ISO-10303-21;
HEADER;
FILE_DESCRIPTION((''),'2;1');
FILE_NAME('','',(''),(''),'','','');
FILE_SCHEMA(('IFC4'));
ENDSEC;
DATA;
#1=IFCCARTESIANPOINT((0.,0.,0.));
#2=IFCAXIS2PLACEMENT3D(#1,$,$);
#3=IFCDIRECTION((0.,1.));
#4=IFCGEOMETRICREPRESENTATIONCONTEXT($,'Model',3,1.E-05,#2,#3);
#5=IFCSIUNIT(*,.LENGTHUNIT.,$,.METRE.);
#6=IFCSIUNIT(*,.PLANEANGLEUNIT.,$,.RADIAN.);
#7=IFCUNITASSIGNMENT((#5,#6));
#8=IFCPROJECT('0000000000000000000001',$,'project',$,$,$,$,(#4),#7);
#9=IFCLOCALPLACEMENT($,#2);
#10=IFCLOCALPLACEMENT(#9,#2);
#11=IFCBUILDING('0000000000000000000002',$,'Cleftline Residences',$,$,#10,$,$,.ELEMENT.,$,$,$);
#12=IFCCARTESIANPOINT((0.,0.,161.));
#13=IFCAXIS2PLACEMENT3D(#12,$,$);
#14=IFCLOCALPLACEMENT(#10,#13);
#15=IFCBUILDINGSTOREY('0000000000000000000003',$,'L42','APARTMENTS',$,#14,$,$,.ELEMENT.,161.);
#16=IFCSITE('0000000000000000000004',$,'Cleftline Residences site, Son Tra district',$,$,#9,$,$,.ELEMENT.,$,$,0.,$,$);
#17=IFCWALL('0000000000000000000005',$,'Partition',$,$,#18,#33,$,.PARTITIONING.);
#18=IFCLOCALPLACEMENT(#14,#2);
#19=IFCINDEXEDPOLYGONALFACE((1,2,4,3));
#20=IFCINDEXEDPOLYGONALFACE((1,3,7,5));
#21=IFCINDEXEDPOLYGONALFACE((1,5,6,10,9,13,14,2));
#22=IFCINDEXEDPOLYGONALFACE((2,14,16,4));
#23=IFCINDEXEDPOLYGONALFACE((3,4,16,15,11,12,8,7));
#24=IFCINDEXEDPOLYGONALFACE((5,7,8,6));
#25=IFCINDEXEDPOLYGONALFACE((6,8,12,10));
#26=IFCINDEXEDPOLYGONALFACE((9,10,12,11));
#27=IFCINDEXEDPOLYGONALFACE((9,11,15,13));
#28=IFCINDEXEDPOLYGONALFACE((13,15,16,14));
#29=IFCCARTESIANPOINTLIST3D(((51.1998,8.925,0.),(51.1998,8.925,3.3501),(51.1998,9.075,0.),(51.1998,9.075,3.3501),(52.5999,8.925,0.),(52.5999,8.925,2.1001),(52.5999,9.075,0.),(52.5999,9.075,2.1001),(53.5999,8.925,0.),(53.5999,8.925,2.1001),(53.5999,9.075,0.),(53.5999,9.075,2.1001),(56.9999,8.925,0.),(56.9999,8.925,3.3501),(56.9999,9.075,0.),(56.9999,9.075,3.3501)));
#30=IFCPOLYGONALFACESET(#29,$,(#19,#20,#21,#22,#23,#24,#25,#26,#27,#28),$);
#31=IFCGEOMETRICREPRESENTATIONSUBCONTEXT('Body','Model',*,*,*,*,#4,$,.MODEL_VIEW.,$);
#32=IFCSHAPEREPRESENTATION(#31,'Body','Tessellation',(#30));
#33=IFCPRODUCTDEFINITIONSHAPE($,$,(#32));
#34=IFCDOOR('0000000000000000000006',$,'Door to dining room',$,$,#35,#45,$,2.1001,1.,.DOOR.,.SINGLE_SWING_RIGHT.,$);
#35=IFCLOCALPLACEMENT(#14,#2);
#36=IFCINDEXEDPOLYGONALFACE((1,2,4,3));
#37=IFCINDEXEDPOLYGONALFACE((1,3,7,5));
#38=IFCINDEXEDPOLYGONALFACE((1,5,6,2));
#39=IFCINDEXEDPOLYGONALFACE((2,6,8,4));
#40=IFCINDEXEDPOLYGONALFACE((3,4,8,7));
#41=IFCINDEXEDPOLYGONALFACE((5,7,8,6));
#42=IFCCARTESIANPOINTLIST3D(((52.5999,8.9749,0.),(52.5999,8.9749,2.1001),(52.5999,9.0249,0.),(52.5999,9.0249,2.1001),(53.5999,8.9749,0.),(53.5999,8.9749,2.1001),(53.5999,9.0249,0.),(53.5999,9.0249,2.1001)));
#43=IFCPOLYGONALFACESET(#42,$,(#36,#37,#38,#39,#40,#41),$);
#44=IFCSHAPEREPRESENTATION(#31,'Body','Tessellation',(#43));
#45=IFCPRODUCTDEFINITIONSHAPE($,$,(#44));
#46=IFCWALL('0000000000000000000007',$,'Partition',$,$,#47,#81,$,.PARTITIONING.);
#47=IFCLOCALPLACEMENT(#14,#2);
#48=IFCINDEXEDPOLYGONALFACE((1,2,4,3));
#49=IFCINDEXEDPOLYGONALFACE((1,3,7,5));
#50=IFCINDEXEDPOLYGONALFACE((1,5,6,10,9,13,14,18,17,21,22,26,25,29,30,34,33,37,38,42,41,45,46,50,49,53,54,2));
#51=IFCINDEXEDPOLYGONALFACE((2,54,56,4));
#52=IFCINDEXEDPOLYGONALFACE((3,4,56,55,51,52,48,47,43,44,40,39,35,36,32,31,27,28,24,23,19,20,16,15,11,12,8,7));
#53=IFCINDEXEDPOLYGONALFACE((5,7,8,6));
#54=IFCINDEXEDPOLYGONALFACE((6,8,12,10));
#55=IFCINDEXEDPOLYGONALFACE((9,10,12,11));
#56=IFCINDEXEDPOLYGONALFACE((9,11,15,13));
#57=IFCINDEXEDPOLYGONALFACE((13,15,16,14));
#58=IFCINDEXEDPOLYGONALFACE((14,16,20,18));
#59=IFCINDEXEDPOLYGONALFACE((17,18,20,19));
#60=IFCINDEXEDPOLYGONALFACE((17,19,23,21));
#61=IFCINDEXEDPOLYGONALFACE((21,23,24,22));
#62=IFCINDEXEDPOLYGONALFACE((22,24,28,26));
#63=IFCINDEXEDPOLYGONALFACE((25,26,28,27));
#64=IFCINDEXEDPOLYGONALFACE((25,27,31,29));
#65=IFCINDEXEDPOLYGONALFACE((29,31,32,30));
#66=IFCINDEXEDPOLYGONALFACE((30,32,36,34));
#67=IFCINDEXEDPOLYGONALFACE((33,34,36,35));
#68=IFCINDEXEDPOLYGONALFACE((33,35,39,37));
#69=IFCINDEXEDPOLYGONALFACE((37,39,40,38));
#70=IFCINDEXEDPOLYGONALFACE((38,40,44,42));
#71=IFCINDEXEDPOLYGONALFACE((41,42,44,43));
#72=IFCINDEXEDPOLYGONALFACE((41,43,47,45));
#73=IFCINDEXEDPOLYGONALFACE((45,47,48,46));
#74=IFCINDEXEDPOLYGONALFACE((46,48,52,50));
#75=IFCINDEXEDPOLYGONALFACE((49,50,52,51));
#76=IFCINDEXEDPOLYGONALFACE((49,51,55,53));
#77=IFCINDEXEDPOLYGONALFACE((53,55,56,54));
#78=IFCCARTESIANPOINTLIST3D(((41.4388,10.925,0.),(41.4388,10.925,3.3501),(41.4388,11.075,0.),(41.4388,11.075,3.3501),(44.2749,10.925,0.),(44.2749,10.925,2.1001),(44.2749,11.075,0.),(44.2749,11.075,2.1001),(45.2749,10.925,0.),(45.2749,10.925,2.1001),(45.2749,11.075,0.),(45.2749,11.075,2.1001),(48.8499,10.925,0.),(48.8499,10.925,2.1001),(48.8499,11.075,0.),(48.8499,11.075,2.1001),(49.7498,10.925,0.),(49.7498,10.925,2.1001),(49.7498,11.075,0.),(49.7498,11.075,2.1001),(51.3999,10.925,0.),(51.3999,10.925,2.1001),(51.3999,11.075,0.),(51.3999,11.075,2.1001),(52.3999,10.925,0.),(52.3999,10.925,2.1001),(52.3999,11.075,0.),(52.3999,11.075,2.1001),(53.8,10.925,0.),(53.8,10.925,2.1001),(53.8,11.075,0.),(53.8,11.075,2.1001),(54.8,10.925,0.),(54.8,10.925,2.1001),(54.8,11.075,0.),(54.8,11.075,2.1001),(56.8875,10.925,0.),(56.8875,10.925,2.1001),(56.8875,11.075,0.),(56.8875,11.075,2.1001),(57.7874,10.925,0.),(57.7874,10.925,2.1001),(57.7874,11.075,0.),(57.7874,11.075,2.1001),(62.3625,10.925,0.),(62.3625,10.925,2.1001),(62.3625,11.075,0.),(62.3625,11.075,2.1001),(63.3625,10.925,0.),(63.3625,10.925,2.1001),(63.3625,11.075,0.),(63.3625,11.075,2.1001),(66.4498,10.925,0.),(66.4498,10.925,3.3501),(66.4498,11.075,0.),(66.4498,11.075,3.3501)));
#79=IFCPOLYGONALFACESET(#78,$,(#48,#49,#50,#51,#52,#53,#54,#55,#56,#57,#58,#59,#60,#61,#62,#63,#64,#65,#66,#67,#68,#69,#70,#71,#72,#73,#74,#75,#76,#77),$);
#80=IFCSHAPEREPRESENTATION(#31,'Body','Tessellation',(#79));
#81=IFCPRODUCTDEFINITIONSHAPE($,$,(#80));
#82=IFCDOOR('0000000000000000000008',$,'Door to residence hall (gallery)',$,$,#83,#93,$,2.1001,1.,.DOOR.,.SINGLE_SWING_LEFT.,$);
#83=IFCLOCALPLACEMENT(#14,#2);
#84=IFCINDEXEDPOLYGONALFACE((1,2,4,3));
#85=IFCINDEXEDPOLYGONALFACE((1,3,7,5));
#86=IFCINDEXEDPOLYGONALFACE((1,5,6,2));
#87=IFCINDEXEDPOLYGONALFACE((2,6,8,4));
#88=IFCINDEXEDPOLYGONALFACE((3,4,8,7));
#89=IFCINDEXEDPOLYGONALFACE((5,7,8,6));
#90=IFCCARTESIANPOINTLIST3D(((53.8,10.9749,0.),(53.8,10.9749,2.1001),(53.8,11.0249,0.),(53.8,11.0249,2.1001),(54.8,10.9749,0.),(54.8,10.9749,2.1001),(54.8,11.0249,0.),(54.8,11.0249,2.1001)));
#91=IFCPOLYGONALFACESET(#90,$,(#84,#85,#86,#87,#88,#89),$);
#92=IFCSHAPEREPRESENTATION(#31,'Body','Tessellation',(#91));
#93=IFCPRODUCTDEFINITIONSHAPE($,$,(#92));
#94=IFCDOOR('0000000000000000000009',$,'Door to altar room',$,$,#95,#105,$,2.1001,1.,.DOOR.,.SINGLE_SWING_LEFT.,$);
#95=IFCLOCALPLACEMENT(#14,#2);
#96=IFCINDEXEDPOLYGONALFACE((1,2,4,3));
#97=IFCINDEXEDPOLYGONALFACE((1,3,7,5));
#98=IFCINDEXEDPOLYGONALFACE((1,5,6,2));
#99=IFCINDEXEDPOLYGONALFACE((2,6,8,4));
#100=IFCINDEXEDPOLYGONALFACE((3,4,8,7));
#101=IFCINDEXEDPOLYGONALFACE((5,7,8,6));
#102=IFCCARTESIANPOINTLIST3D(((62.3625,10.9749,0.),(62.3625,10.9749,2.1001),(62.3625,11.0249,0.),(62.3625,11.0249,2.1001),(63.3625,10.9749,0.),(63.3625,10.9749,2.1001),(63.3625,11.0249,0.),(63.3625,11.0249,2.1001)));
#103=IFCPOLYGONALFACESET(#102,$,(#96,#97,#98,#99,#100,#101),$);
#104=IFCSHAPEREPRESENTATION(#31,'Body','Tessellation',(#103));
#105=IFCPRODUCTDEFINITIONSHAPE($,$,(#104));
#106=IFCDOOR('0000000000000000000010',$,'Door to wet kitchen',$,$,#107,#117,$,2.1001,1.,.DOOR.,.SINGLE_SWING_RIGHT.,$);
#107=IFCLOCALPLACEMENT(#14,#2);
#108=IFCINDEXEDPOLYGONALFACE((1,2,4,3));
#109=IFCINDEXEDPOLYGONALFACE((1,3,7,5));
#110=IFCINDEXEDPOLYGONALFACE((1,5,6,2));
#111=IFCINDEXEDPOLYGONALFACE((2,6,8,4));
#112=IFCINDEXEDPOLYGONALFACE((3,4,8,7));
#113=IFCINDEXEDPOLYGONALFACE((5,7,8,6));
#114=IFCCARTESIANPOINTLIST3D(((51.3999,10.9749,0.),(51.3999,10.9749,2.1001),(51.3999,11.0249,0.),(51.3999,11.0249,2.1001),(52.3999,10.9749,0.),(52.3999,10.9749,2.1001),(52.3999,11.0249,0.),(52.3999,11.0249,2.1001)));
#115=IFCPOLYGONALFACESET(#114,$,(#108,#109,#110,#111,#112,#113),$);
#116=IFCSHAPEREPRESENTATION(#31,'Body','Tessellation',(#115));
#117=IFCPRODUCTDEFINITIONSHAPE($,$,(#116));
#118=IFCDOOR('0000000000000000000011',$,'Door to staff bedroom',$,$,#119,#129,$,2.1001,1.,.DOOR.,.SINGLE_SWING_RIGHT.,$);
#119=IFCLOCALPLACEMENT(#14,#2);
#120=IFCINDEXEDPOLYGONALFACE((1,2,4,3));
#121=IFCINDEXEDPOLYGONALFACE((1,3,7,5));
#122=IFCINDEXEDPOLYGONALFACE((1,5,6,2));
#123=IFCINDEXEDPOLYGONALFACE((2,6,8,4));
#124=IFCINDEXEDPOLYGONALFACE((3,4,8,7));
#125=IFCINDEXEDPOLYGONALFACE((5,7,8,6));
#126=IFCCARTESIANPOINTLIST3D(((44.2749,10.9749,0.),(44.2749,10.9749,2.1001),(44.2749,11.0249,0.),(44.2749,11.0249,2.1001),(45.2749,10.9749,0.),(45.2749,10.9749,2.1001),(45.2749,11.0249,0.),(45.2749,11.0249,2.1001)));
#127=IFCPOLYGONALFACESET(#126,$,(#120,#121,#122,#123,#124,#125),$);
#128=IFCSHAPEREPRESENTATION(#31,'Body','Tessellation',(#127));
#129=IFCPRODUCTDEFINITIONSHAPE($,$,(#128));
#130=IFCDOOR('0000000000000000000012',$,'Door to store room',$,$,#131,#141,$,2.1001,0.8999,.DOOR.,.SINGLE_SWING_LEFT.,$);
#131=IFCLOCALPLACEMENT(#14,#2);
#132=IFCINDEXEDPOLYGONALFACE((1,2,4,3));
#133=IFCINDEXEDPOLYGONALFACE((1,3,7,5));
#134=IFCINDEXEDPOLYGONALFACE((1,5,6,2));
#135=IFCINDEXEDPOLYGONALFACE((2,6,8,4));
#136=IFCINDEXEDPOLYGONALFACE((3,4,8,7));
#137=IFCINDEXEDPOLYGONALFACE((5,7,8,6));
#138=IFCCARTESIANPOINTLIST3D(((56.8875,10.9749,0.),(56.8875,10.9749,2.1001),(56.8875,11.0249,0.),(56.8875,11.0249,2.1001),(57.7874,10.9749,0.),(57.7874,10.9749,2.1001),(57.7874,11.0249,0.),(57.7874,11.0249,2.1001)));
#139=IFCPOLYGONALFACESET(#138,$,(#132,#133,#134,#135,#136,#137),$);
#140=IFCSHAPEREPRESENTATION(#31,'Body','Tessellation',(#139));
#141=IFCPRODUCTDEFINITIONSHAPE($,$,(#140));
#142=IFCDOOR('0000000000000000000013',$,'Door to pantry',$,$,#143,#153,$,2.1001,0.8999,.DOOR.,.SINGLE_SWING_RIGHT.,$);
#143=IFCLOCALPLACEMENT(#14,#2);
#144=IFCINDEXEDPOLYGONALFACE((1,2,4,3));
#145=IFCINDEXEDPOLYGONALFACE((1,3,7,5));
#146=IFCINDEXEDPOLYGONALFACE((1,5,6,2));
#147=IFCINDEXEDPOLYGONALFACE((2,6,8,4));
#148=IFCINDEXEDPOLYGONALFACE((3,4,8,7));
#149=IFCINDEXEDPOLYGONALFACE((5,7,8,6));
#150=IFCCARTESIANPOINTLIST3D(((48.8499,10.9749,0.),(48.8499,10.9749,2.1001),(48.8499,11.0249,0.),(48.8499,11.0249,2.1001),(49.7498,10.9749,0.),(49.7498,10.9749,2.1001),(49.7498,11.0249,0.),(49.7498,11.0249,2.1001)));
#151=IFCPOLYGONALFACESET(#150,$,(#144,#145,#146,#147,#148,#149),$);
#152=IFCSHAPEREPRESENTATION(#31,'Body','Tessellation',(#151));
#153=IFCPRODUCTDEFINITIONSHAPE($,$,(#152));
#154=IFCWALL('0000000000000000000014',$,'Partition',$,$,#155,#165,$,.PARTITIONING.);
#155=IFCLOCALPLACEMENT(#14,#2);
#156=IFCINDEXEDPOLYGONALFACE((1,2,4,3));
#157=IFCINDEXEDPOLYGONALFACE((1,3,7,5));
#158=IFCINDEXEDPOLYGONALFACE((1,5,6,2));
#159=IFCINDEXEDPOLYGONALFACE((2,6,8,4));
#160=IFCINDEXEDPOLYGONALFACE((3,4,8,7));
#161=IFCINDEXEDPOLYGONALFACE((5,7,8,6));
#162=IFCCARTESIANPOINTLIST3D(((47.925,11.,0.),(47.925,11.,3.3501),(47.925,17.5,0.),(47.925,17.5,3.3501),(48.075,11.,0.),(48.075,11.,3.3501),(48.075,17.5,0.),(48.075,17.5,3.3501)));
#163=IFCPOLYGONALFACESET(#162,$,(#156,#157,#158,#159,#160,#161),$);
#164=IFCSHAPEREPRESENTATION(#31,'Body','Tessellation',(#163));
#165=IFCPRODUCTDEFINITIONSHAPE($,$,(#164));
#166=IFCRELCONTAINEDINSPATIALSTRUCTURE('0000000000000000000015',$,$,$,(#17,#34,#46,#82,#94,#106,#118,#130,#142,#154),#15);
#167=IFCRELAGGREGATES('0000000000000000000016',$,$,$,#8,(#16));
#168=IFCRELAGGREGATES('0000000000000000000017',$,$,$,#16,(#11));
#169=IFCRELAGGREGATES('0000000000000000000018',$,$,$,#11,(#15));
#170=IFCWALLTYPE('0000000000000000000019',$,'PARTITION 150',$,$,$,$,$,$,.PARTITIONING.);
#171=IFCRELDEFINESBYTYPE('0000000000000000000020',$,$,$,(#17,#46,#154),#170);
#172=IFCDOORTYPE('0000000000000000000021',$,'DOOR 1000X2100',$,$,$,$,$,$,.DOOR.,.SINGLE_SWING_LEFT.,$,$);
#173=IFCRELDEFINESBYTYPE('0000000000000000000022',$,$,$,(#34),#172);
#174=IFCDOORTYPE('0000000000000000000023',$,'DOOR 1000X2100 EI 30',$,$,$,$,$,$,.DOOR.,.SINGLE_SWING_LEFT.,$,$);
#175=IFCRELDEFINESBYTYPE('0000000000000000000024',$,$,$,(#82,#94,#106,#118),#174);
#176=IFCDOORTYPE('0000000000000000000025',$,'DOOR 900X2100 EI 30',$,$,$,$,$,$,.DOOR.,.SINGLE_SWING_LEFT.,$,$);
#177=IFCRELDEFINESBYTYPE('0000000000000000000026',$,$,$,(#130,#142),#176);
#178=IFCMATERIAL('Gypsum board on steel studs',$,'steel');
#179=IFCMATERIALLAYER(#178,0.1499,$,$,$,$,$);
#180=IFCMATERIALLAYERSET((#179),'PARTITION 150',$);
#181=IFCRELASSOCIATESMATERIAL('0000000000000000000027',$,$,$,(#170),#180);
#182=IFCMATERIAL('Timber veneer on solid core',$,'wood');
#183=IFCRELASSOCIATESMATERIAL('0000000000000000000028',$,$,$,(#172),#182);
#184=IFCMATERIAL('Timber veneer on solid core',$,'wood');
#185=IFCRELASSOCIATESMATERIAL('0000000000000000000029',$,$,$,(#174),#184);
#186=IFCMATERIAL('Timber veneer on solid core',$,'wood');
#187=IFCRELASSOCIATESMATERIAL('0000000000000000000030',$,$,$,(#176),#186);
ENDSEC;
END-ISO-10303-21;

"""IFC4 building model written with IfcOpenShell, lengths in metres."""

from ifc_helpers import new_model, si_unit, direction, frame, frame_2d, origin, place, context, subcontext, project, spatial, rectangle, extrude, material, layer, layer_set, type_object, element, fill, save


model = new_model("IFC4")

# Units and contexts
model_context = context("Model", 3, precision=1e-05, world=origin(), true_north=direction((0.0, 1.0)))
body_context = subcontext(model_context, "Body", "Model", "MODEL_VIEW")
ifc_project = project(units=[si_unit("LENGTHUNIT", "METRE"), si_unit("PLANEANGLEUNIT", "RADIAN")], contexts=[model_context])

# Site, building, storey
site_placement = place(None, origin())
site = spatial("IfcSite", under=ifc_project, at=site_placement, Name="Cleftline Residences site, Son Tra district", CompositionType="ELEMENT", RefElevation=0.0)
building_placement = place(site_placement, origin())
building = spatial("IfcBuilding", under=site, at=building_placement, Name="Cleftline Residences", CompositionType="ELEMENT")
storey_placement = place(building_placement, frame((0.0, 0.0, 161.0)))
storey = spatial("IfcBuildingStorey", under=building, at=storey_placement, Name="L42", Description="APARTMENTS", CompositionType="ELEMENT", Elevation=161.0)

# Shared definitions
ifc_material_1 = material(Name="Gypsum board on steel studs", Category="steel")
ifc_layer_1 = layer(ifc_material_1, 0.1499)
ifc_layer_set_1 = layer_set([ifc_layer_1], Name="PARTITION 150")
wall_type = type_object("IfcWallType", Name="PARTITION 150", PredefinedType="PARTITIONING", material=ifc_layer_set_1)
ifc_material_2 = material(Name="Timber veneer on solid core", Category="wood")
door_type_1 = type_object("IfcDoorType", Name="DOOR 1000X2100", OperationType="SINGLE_SWING_LEFT", PredefinedType="DOOR", material=ifc_material_2)

# Wall, opening, door
wall_1_placement = place(storey_placement, frame((51.2, 9.0, 0.0), z_axis=(0.0, 0.0, 1.0), x_axis=(1.0, 0.0, 0.0)))
wall_1 = element("IfcWall", 1, at=wall_1_placement, inside=storey, type_object=wall_type, Name="Partition", PredefinedType="PARTITIONING", context=body_context, shape_type="SweptSolid", body=[
    extrude(rectangle(XDim=5.8, YDim=0.1499, at=frame_2d((2.8999, 0.0))), origin(), (0.0, 0.0, 1.0), 3.3501),
])
opening_1_placement = place(wall_1_placement, frame((1.3999, 0.0, 0.0)))
opening_1 = element("IfcOpeningElement", 2, at=opening_1_placement, cuts=wall_1, PredefinedType="OPENING", context=body_context, shape_type="SweptSolid", body=[
    extrude(rectangle(XDim=1.0, YDim=2.1001, at=frame_2d((0.5, 1.05))), frame((0.0, 0.085, 0.0), z_axis=(0.0, -1.0, 0.0), x_axis=(1.0, 0.0, 0.0)), (0.0, 0.0, 1.0), 0.1699),
])
door_1_placement = place(opening_1_placement, origin())
door_1 = element("IfcDoor", 3, at=door_1_placement, inside=storey, type_object=door_type_1, Name="Door to dining room", OperationType="SINGLE_SWING_RIGHT", OverallHeight=2.1001, OverallWidth=1.0, PredefinedType="DOOR", context=body_context, shape_type="SweptSolid", body=[
    extrude(rectangle(XDim=1.0, YDim=2.1001, at=frame_2d((0.5, 1.05))), frame((0.0, 0.0249, 0.0), z_axis=(0.0, -1.0, 0.0), x_axis=(1.0, 0.0, 0.0)), (0.0, 0.0, 1.0), 0.05),
])
fill(opening_1, door_1)

# Wall, openings, doors
wall_2_placement = place(storey_placement, frame((41.439, 11.0, 0.0), z_axis=(0.0, 0.0, 1.0), x_axis=(1.0, 0.0, 0.0)))
wall_2 = element("IfcWall", 4, at=wall_2_placement, inside=storey, type_object=wall_type, Name="Partition", PredefinedType="PARTITIONING", context=body_context, shape_type="SweptSolid", body=[
    extrude(rectangle(XDim=25.011, YDim=0.1499, at=frame_2d((12.5054, 0.0))), origin(), (0.0, 0.0, 1.0), 3.3501),
])
opening_2_placement = place(wall_2_placement, frame((12.3611, 0.0, 0.0)))
opening_2 = element("IfcOpeningElement", 5, at=opening_2_placement, cuts=wall_2, PredefinedType="OPENING", context=body_context, shape_type="SweptSolid", body=[
    extrude(rectangle(XDim=1.0, YDim=2.1001, at=frame_2d((0.5, 1.05))), frame((0.0, 0.085, 0.0), z_axis=(0.0, -1.0, 0.0), x_axis=(1.0, 0.0, 0.0)), (0.0, 0.0, 1.0), 0.1699),
])
opening_3_placement = place(wall_2_placement, frame((20.9236, 0.0, 0.0)))
opening_3 = element("IfcOpeningElement", 6, at=opening_3_placement, cuts=wall_2, PredefinedType="OPENING", context=body_context, shape_type="SweptSolid", body=[
    extrude(rectangle(XDim=1.0, YDim=2.1001, at=frame_2d((0.5, 1.05))), frame((0.0, 0.085, 0.0), z_axis=(0.0, -1.0, 0.0), x_axis=(1.0, 0.0, 0.0)), (0.0, 0.0, 1.0), 0.1699),
])
opening_4_placement = place(wall_2_placement, frame((15.4485, 0.0, 0.0)))
opening_4 = element("IfcOpeningElement", 7, at=opening_4_placement, cuts=wall_2, PredefinedType="OPENING", context=body_context, shape_type="SweptSolid", body=[
    extrude(rectangle(XDim=0.8999, YDim=2.1001, at=frame_2d((0.45, 1.05))), frame((0.0, 0.085, 0.0), z_axis=(0.0, -1.0, 0.0), x_axis=(1.0, 0.0, 0.0)), (0.0, 0.0, 1.0), 0.1699),
])
opening_5_placement = place(wall_2_placement, frame((9.9609, 0.0, 0.0)))
opening_5 = element("IfcOpeningElement", 8, at=opening_5_placement, cuts=wall_2, PredefinedType="OPENING", context=body_context, shape_type="SweptSolid", body=[
    extrude(rectangle(XDim=1.0, YDim=2.1001, at=frame_2d((0.5, 1.05))), frame((0.0, 0.085, 0.0), z_axis=(0.0, -1.0, 0.0), x_axis=(1.0, 0.0, 0.0)), (0.0, 0.0, 1.0), 0.1699),
])
opening_6_placement = place(wall_2_placement, frame((7.4109, 0.0, 0.0)))
opening_6 = element("IfcOpeningElement", 9, at=opening_6_placement, cuts=wall_2, PredefinedType="OPENING", context=body_context, shape_type="SweptSolid", body=[
    extrude(rectangle(XDim=0.8999, YDim=2.1001, at=frame_2d((0.45, 1.05))), frame((0.0, 0.085, 0.0), z_axis=(0.0, -1.0, 0.0), x_axis=(1.0, 0.0, 0.0)), (0.0, 0.0, 1.0), 0.1699),
])
opening_7_placement = place(wall_2_placement, frame((2.8359, 0.0, 0.0)))
opening_7 = element("IfcOpeningElement", 10, at=opening_7_placement, cuts=wall_2, PredefinedType="OPENING", context=body_context, shape_type="SweptSolid", body=[
    extrude(rectangle(XDim=1.0, YDim=2.1001, at=frame_2d((0.5, 1.05))), frame((0.0, 0.085, 0.0), z_axis=(0.0, -1.0, 0.0), x_axis=(1.0, 0.0, 0.0)), (0.0, 0.0, 1.0), 0.1699),
])
ifc_material_3 = material(Name="Timber veneer on solid core", Category="wood")
door_type_2 = type_object("IfcDoorType", Name="DOOR 1000X2100 EI 30", OperationType="SINGLE_SWING_LEFT", PredefinedType="DOOR", material=ifc_material_3)
door_2_placement = place(opening_2_placement, origin())
door_2 = element("IfcDoor", 11, at=door_2_placement, inside=storey, type_object=door_type_2, Name="Door to residence hall (gallery)", OperationType="SINGLE_SWING_LEFT", OverallHeight=2.1001, OverallWidth=1.0, PredefinedType="DOOR", context=body_context, shape_type="SweptSolid", body=[
    extrude(rectangle(XDim=1.0, YDim=2.1001, at=frame_2d((0.5, 1.05))), frame((0.0, 0.0249, 0.0), z_axis=(0.0, -1.0, 0.0), x_axis=(1.0, 0.0, 0.0)), (0.0, 0.0, 1.0), 0.05),
])
fill(opening_2, door_2)
door_3_placement = place(opening_3_placement, origin())
door_3 = element("IfcDoor", 12, at=door_3_placement, inside=storey, type_object=door_type_2, Name="Door to altar room", OperationType="SINGLE_SWING_LEFT", OverallHeight=2.1001, OverallWidth=1.0, PredefinedType="DOOR", context=body_context, shape_type="SweptSolid", body=[
    extrude(rectangle(XDim=1.0, YDim=2.1001, at=frame_2d((0.5, 1.05))), frame((0.0, 0.0249, 0.0), z_axis=(0.0, -1.0, 0.0), x_axis=(1.0, 0.0, 0.0)), (0.0, 0.0, 1.0), 0.05),
])
fill(opening_3, door_3)
door_4_placement = place(opening_5_placement, origin())
door_4 = element("IfcDoor", 13, at=door_4_placement, inside=storey, type_object=door_type_2, Name="Door to wet kitchen", OperationType="SINGLE_SWING_RIGHT", OverallHeight=2.1001, OverallWidth=1.0, PredefinedType="DOOR", context=body_context, shape_type="SweptSolid", body=[
    extrude(rectangle(XDim=1.0, YDim=2.1001, at=frame_2d((0.5, 1.05))), frame((0.0, 0.0249, 0.0), z_axis=(0.0, -1.0, 0.0), x_axis=(1.0, 0.0, 0.0)), (0.0, 0.0, 1.0), 0.05),
])
fill(opening_5, door_4)
door_5_placement = place(opening_7_placement, origin())
door_5 = element("IfcDoor", 14, at=door_5_placement, inside=storey, type_object=door_type_2, Name="Door to staff bedroom", OperationType="SINGLE_SWING_RIGHT", OverallHeight=2.1001, OverallWidth=1.0, PredefinedType="DOOR", context=body_context, shape_type="SweptSolid", body=[
    extrude(rectangle(XDim=1.0, YDim=2.1001, at=frame_2d((0.5, 1.05))), frame((0.0, 0.0249, 0.0), z_axis=(0.0, -1.0, 0.0), x_axis=(1.0, 0.0, 0.0)), (0.0, 0.0, 1.0), 0.05),
])
fill(opening_7, door_5)
ifc_material_4 = material(Name="Timber veneer on solid core", Category="wood")
door_type_3 = type_object("IfcDoorType", Name="DOOR 900X2100 EI 30", OperationType="SINGLE_SWING_LEFT", PredefinedType="DOOR", material=ifc_material_4)
door_6_placement = place(opening_4_placement, origin())
door_6 = element("IfcDoor", 15, at=door_6_placement, inside=storey, type_object=door_type_3, Name="Door to store room", OperationType="SINGLE_SWING_LEFT", OverallHeight=2.1001, OverallWidth=0.8999, PredefinedType="DOOR", context=body_context, shape_type="SweptSolid", body=[
    extrude(rectangle(XDim=0.8999, YDim=2.1001, at=frame_2d((0.45, 1.05))), frame((0.0, 0.0249, 0.0), z_axis=(0.0, -1.0, 0.0), x_axis=(1.0, 0.0, 0.0)), (0.0, 0.0, 1.0), 0.05),
])
fill(opening_4, door_6)
door_7_placement = place(opening_6_placement, origin())
door_7 = element("IfcDoor", 16, at=door_7_placement, inside=storey, type_object=door_type_3, Name="Door to pantry", OperationType="SINGLE_SWING_RIGHT", OverallHeight=2.1001, OverallWidth=0.8999, PredefinedType="DOOR", context=body_context, shape_type="SweptSolid", body=[
    extrude(rectangle(XDim=0.8999, YDim=2.1001, at=frame_2d((0.45, 1.05))), frame((0.0, 0.0249, 0.0), z_axis=(0.0, -1.0, 0.0), x_axis=(1.0, 0.0, 0.0)), (0.0, 0.0, 1.0), 0.05),
])
fill(opening_6, door_7)

# Wall
wall_3_placement = place(storey_placement, frame((48.0, 11.0, 0.0), z_axis=(0.0, 0.0, 1.0), x_axis=(0.0, 1.0, 0.0)))
element("IfcWall", 17, at=wall_3_placement, inside=storey, type_object=wall_type, Name="Partition", PredefinedType="PARTITIONING", context=body_context, shape_type="SweptSolid", body=[
    extrude(rectangle(XDim=6.5, YDim=0.1499, at=frame_2d((3.25, 0.0))), origin(), (0.0, 0.0, 1.0), 3.3501),
])

save(model, "model.ifc")
